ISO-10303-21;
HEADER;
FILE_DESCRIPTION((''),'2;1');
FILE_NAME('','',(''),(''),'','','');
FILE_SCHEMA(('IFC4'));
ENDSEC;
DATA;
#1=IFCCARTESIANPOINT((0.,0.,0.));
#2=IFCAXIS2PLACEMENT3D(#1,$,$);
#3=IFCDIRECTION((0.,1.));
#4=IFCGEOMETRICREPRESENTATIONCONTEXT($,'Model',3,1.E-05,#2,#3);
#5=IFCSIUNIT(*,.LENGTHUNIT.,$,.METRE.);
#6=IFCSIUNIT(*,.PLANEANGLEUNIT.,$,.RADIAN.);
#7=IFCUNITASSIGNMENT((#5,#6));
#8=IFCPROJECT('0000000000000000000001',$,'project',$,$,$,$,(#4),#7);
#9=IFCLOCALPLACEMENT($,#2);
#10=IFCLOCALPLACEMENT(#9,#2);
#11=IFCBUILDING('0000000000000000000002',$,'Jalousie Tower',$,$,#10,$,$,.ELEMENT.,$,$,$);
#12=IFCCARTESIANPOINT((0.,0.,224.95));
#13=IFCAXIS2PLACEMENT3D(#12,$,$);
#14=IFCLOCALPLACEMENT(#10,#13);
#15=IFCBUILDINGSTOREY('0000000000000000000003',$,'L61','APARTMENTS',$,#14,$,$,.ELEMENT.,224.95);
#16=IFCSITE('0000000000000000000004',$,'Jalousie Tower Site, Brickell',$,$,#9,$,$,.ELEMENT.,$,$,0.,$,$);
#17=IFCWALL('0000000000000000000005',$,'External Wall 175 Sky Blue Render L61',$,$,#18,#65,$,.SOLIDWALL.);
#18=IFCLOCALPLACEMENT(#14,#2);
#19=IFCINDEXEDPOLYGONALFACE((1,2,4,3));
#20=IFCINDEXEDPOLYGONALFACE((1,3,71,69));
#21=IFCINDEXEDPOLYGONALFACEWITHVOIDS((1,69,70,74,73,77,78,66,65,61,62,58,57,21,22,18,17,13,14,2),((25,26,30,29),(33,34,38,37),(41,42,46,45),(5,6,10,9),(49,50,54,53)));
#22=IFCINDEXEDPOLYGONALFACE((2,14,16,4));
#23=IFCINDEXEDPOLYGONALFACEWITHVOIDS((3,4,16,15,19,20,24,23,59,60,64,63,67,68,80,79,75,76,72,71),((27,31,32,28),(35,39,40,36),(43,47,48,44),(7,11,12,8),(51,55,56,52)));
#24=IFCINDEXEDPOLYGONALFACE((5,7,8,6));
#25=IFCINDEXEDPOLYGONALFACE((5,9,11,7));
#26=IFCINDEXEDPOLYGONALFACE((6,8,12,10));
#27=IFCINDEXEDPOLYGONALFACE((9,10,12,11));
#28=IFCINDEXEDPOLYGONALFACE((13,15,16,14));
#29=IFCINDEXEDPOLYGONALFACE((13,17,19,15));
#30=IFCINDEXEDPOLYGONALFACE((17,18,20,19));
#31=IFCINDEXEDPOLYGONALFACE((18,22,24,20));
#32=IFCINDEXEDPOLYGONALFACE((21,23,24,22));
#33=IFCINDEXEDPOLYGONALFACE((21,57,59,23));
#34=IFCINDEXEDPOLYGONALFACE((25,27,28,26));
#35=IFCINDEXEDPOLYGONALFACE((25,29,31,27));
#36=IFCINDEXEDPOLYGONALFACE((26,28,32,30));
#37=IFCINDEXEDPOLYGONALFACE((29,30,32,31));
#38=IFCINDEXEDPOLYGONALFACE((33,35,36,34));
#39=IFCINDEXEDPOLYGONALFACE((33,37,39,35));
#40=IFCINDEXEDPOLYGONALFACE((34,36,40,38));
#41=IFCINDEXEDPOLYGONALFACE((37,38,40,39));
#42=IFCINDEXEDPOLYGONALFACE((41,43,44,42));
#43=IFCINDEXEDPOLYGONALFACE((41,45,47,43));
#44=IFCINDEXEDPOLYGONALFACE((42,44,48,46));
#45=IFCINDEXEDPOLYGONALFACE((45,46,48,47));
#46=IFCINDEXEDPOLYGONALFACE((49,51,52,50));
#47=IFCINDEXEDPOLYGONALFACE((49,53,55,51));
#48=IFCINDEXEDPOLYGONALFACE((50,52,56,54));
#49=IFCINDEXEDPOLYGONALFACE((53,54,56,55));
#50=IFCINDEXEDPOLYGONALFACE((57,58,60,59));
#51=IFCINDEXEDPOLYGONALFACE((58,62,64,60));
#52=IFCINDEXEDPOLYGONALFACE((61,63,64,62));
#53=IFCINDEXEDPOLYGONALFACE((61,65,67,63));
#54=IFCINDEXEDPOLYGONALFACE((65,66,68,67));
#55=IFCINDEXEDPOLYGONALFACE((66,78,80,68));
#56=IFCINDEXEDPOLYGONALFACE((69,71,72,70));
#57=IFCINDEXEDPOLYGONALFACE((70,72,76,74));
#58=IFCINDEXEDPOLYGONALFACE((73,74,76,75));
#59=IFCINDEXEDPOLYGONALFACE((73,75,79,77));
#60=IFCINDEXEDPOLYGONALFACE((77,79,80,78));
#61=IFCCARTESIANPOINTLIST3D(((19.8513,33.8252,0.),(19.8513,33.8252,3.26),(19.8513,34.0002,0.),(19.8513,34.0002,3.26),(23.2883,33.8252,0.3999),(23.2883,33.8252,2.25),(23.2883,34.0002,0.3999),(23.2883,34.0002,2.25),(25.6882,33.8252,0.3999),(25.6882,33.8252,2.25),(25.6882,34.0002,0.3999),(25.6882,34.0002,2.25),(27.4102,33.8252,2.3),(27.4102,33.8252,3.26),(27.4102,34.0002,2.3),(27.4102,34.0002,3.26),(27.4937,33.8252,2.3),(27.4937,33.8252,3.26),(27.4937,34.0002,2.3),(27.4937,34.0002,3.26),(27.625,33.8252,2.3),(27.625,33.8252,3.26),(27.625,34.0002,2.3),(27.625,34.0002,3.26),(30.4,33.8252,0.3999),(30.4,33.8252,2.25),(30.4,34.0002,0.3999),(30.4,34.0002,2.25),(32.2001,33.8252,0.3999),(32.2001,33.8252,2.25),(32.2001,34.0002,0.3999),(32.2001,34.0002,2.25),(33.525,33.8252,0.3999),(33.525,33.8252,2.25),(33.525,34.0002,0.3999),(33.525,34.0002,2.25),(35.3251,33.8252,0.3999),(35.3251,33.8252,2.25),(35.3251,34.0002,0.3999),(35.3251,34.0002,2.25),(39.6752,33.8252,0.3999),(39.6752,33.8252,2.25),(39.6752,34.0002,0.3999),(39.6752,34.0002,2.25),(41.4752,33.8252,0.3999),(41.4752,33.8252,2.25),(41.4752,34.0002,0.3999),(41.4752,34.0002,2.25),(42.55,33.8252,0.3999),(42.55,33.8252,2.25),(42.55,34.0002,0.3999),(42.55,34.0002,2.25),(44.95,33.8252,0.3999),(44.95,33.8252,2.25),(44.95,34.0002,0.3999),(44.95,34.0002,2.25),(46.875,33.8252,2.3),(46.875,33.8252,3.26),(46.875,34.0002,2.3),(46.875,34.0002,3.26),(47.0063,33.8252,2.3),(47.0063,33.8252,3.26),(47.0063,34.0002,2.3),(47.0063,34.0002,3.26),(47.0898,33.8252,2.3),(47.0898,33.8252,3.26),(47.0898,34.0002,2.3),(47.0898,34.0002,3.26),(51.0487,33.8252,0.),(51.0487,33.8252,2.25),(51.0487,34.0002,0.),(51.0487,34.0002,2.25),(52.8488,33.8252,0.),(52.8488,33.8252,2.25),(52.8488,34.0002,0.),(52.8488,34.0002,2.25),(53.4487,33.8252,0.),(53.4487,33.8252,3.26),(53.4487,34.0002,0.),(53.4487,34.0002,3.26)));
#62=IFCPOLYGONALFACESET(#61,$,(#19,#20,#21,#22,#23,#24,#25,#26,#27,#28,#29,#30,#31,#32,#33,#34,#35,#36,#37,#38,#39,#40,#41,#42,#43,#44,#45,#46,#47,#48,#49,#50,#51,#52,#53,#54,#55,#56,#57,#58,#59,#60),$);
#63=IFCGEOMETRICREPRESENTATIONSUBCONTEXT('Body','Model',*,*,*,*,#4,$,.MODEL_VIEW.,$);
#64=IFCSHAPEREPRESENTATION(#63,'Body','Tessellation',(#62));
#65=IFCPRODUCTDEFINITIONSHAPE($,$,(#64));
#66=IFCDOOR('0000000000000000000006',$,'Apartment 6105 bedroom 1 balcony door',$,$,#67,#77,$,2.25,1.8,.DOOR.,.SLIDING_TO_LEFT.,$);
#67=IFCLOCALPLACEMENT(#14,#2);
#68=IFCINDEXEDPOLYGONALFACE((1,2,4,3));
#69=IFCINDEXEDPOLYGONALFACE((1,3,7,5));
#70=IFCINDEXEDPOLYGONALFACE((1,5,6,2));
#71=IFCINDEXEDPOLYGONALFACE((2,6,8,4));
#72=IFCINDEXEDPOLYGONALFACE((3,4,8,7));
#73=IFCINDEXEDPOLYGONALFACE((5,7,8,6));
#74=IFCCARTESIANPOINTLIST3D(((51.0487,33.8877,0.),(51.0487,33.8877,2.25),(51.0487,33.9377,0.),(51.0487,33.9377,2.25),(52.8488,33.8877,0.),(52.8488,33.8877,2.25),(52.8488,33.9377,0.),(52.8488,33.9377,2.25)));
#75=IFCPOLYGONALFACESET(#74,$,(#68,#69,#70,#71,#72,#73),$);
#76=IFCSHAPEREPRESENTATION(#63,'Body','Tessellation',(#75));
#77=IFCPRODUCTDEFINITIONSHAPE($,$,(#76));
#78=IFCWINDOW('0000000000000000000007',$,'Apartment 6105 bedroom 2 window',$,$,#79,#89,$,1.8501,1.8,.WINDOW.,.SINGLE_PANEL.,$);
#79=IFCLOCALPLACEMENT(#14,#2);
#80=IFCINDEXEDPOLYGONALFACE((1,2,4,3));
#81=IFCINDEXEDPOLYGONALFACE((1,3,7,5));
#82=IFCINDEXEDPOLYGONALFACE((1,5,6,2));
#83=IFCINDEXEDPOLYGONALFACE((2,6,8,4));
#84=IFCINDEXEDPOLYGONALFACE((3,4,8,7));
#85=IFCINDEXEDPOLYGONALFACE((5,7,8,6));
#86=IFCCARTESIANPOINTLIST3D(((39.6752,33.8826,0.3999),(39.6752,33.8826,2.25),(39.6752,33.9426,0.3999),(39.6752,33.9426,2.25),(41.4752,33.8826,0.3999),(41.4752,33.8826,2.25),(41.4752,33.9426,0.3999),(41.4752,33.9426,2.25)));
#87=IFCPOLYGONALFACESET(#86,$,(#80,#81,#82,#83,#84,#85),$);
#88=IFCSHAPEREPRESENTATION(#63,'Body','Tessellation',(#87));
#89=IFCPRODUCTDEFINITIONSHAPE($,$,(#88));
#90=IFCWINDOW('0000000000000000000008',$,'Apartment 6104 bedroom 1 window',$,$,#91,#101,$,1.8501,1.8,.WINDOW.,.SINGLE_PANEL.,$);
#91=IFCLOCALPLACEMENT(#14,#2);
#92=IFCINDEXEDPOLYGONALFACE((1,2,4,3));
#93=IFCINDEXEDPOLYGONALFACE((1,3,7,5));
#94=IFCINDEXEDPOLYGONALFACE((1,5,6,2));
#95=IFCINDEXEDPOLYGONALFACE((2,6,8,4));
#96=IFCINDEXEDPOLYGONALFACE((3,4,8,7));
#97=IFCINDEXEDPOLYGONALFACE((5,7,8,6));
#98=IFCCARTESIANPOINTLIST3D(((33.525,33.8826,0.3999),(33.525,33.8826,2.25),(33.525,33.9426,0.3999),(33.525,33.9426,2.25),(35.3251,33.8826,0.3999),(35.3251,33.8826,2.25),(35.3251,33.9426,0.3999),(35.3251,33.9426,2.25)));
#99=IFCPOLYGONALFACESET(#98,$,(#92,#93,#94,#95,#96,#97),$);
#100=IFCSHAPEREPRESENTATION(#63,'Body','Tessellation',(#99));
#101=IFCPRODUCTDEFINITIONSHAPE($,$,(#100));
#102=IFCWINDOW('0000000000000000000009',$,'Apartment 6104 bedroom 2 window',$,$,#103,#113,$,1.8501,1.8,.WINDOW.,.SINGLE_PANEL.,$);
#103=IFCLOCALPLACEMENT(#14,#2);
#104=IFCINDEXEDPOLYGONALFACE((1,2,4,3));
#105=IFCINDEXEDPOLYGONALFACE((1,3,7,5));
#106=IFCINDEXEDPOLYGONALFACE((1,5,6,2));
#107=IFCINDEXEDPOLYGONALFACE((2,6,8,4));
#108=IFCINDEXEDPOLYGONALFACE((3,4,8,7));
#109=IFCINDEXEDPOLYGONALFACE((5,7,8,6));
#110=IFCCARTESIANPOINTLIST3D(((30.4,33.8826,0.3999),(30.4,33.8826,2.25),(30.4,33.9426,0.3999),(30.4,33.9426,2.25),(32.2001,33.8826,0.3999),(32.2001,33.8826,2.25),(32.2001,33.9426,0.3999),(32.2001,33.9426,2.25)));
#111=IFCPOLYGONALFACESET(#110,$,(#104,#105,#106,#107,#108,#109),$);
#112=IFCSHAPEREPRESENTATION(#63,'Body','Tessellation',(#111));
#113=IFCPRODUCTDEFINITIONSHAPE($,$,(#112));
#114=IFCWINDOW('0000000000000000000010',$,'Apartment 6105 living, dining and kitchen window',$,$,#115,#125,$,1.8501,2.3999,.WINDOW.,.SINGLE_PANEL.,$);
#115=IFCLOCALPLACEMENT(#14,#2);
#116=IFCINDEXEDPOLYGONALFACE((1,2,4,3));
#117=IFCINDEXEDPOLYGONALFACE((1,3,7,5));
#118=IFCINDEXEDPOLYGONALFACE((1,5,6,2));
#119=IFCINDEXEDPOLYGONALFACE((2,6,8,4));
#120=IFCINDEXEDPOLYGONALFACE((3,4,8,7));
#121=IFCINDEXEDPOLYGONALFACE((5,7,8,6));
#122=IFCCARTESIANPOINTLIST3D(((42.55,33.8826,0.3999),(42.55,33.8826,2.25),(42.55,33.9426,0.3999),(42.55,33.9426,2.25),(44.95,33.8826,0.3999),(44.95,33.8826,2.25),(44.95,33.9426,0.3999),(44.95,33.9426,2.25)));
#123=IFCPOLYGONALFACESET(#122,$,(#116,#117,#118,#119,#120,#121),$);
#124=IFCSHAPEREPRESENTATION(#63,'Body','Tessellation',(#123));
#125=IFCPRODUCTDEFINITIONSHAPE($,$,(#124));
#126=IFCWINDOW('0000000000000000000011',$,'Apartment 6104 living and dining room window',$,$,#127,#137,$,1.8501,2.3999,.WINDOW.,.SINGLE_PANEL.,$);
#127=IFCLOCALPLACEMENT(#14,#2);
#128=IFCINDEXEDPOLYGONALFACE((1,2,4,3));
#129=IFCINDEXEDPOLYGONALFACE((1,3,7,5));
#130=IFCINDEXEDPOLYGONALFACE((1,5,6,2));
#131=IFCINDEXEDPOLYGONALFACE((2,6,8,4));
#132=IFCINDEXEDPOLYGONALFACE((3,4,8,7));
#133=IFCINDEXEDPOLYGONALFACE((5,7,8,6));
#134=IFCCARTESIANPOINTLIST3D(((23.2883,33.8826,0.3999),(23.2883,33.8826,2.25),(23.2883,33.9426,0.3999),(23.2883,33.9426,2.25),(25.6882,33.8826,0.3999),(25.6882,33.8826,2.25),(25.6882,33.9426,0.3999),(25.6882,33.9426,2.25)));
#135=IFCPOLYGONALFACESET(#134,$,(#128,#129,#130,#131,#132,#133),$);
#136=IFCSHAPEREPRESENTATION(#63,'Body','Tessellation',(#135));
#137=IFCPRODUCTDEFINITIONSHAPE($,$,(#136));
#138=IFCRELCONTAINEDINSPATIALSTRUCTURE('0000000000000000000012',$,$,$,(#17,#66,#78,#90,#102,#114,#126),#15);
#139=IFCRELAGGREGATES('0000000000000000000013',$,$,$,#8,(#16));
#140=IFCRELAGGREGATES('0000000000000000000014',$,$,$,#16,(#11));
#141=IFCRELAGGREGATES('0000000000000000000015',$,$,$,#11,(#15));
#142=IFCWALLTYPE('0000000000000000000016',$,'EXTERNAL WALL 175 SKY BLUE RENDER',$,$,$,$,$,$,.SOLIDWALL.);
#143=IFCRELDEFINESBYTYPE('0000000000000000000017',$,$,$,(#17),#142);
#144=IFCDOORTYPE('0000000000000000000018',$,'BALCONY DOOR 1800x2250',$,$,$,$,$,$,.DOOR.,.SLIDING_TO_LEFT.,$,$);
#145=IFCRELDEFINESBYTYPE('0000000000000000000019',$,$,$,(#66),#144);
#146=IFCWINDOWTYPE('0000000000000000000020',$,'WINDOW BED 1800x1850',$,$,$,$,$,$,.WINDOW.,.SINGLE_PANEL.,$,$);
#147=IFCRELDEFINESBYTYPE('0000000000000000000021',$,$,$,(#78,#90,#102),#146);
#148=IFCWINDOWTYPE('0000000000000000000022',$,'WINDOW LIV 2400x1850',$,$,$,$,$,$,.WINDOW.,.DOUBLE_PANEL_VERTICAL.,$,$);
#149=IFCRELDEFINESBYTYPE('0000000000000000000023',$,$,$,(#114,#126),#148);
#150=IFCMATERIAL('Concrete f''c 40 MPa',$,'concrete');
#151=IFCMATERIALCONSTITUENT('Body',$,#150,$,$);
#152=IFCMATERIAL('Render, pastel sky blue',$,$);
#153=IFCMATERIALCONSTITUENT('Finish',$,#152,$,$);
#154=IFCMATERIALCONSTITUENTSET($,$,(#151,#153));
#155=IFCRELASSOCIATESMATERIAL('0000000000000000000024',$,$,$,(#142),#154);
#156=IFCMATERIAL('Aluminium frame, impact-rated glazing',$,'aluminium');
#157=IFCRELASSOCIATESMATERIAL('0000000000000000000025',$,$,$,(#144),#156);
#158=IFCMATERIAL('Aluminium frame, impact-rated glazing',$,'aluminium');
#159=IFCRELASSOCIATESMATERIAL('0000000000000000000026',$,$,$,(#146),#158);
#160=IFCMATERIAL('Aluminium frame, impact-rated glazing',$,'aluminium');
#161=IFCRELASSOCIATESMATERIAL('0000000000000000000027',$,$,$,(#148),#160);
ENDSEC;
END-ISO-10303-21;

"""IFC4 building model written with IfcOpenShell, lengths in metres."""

from ifc_helpers import new_model, si_unit, direction, frame, frame_2d, origin, place, context, subcontext, project, spatial, polyline, rectangle, outline, extrude, material, constituent, constituent_set, type_object, element, fill, save


model = new_model("IFC4")

# Units and contexts
model_context = context("Model", 3, precision=1e-05, world=origin(), true_north=direction((0.0, 1.0)))
body_context = subcontext(model_context, "Body", "Model", "MODEL_VIEW")
ifc_project = project(units=[si_unit("LENGTHUNIT", "METRE"), si_unit("PLANEANGLEUNIT", "RADIAN")], contexts=[model_context])

# Site, building, storey
site_placement = place(None, origin())
site = spatial("IfcSite", under=ifc_project, at=site_placement, Name="Jalousie Tower Site, Brickell", CompositionType="ELEMENT", RefElevation=0.0)
building_placement = place(site_placement, origin())
building = spatial("IfcBuilding", under=site, at=building_placement, Name="Jalousie Tower", CompositionType="ELEMENT")
storey_placement = place(building_placement, frame((0.0, 0.0, 224.95)))
storey = spatial("IfcBuildingStorey", under=building, at=storey_placement, Name="L61", Description="APARTMENTS", CompositionType="ELEMENT", Elevation=224.95)

# Wall, openings, door, windows
ifc_material_1 = material(Name="Concrete f'c 40 MPa", Category="concrete")
ifc_constituent_1 = constituent(ifc_material_1, Name="Body")
ifc_material_2 = material(Name="Render, pastel sky blue")
ifc_constituent_2 = constituent(ifc_material_2, Name="Finish")
ifc_constituent_set_1 = constituent_set(constituents=[ifc_constituent_1, ifc_constituent_2])
wall_type_1 = type_object("IfcWallType", Name="EXTERNAL WALL 175 SKY BLUE RENDER", PredefinedType="SOLIDWALL", material=ifc_constituent_set_1)
wall_1_placement = place(storey_placement, frame((53.4487, 33.9126, 0.0), z_axis=(0.0, 0.0, 1.0), x_axis=(-1.0, 0.0, 0.0)))
wall_1 = element("IfcWall", 1, at=wall_1_placement, inside=storey, type_object=wall_type_1, Name="External Wall 175 Sky Blue Render L61", PredefinedType="SOLIDWALL", context=body_context, shape_type="SweptSolid", body=[
    extrude(outline(polyline([(0.0, 0.0), (33.5974, 0.0), (33.5974, 3.26), (26.0386, 3.26), (26.0386, 2.3), (25.9551, 2.3), (25.9551, 3.26), (25.8237, 3.26), (25.8237, 2.3), (6.5737, 2.3), (6.5737, 3.26), (6.4424, 3.26), (6.4424, 2.3), (6.3589, 2.3), (6.3589, 3.26), (0.0, 3.26), (0.0, 0.0)])), frame((0.0, 0.0874, 0.0), z_axis=(0.0, -1.0, 0.0), x_axis=(1.0, 0.0, 0.0)), (0.0, 0.0, 1.0), 0.175),
])
opening_1_placement = place(wall_1_placement, frame((0.6001, 0.0, 0.0)))
opening_1 = element("IfcOpeningElement", 2, at=opening_1_placement, cuts=wall_1, PredefinedType="OPENING", context=body_context, shape_type="SweptSolid", body=[
    extrude(rectangle(XDim=1.8, YDim=2.25, at=frame_2d((0.8999, 1.125))), frame((0.0, 0.0974, 0.0), z_axis=(0.0, -1.0, 0.0), x_axis=(1.0, 0.0, 0.0)), (0.0, 0.0, 1.0), 0.1951),
])
opening_2_placement = place(wall_1_placement, frame((8.4988, 0.0, 0.3999)))
opening_2 = element("IfcOpeningElement", 3, at=opening_2_placement, cuts=wall_1, PredefinedType="OPENING", context=body_context, shape_type="SweptSolid", body=[
    extrude(rectangle(XDim=2.3999, YDim=1.8501, at=frame_2d((1.2, 0.925))), frame((0.0, 0.0974, 0.0), z_axis=(0.0, -1.0, 0.0), x_axis=(1.0, 0.0, 0.0)), (0.0, 0.0, 1.0), 0.1951),
])
opening_3_placement = place(wall_1_placement, frame((11.9736, 0.0, 0.3999)))
opening_3 = element("IfcOpeningElement", 4, at=opening_3_placement, cuts=wall_1, PredefinedType="OPENING", context=body_context, shape_type="SweptSolid", body=[
    extrude(rectangle(XDim=1.8, YDim=1.8501, at=frame_2d((0.8999, 0.925))), frame((0.0, 0.0974, 0.0), z_axis=(0.0, -1.0, 0.0), x_axis=(1.0, 0.0, 0.0)), (0.0, 0.0, 1.0), 0.1951),
])
opening_4_placement = place(wall_1_placement, frame((18.1238, 0.0, 0.3999)))
opening_4 = element("IfcOpeningElement", 5, at=opening_4_placement, cuts=wall_1, PredefinedType="OPENING", context=body_context, shape_type="SweptSolid", body=[
    extrude(rectangle(XDim=1.8, YDim=1.8501, at=frame_2d((0.8999, 0.925))), frame((0.0, 0.0974, 0.0), z_axis=(0.0, -1.0, 0.0), x_axis=(1.0, 0.0, 0.0)), (0.0, 0.0, 1.0), 0.1951),
])
opening_5_placement = place(wall_1_placement, frame((21.2488, 0.0, 0.3999)))
opening_5 = element("IfcOpeningElement", 6, at=opening_5_placement, cuts=wall_1, PredefinedType="OPENING", context=body_context, shape_type="SweptSolid", body=[
    extrude(rectangle(XDim=1.8, YDim=1.8501, at=frame_2d((0.8999, 0.925))), frame((0.0, 0.0974, 0.0), z_axis=(0.0, -1.0, 0.0), x_axis=(1.0, 0.0, 0.0)), (0.0, 0.0, 1.0), 0.1951),
])
opening_6_placement = place(wall_1_placement, frame((27.7605, 0.0, 0.3999)))
opening_6 = element("IfcOpeningElement", 7, at=opening_6_placement, cuts=wall_1, PredefinedType="OPENING", context=body_context, shape_type="SweptSolid", body=[
    extrude(rectangle(XDim=2.3999, YDim=1.8501, at=frame_2d((1.2, 0.925))), frame((0.0, 0.0974, 0.0), z_axis=(0.0, -1.0, 0.0), x_axis=(1.0, 0.0, 0.0)), (0.0, 0.0, 1.0), 0.1951),
])
ifc_material_3 = material(Name="Aluminium frame, impact-rated glazing", Category="aluminium")
door_type_1 = type_object("IfcDoorType", Name="BALCONY DOOR 1800x2250", OperationType="SLIDING_TO_LEFT", PredefinedType="DOOR", material=ifc_material_3)
door_1_placement = place(opening_1_placement, origin())
door_1 = element("IfcDoor", 8, at=door_1_placement, inside=storey, type_object=door_type_1, Name="Apartment 6105 bedroom 1 balcony door", OperationType="SLIDING_TO_LEFT", OverallHeight=2.25, OverallWidth=1.8, PredefinedType="DOOR", context=body_context, shape_type="SweptSolid", body=[
    extrude(rectangle(XDim=1.8, YDim=2.25, at=frame_2d((0.8999, 1.125))), frame((0.0, 0.0249, 0.0), z_axis=(0.0, -1.0, 0.0), x_axis=(1.0, 0.0, 0.0)), (0.0, 0.0, 1.0), 0.05),
])
fill(opening_1, door_1)
ifc_material_4 = material(Name="Aluminium frame, impact-rated glazing", Category="aluminium")
window_type_1 = type_object("IfcWindowType", Name="WINDOW BED 1800x1850", PartitioningType="SINGLE_PANEL", PredefinedType="WINDOW", material=ifc_material_4)
window_1_placement = place(opening_3_placement, origin())
window_1 = element("IfcWindow", 9, at=window_1_placement, inside=storey, type_object=window_type_1, Name="Apartment 6105 bedroom 2 window", OverallHeight=1.8501, OverallWidth=1.8, PartitioningType="SINGLE_PANEL", PredefinedType="WINDOW", context=body_context, shape_type="SweptSolid", body=[
    extrude(rectangle(XDim=1.8, YDim=1.8501, at=frame_2d((0.8999, 0.925))), frame((0.0, 0.03, 0.0), z_axis=(0.0, -1.0, 0.0), x_axis=(1.0, 0.0, 0.0)), (0.0, 0.0, 1.0), 0.0601),
])
fill(opening_3, window_1)
window_2_placement = place(opening_4_placement, origin())
window_2 = element("IfcWindow", 10, at=window_2_placement, inside=storey, type_object=window_type_1, Name="Apartment 6104 bedroom 1 window", OverallHeight=1.8501, OverallWidth=1.8, PartitioningType="SINGLE_PANEL", PredefinedType="WINDOW", context=body_context, shape_type="SweptSolid", body=[
    extrude(rectangle(XDim=1.8, YDim=1.8501, at=frame_2d((0.8999, 0.925))), frame((0.0, 0.03, 0.0), z_axis=(0.0, -1.0, 0.0), x_axis=(1.0, 0.0, 0.0)), (0.0, 0.0, 1.0), 0.0601),
])
fill(opening_4, window_2)
window_3_placement = place(opening_5_placement, origin())
window_3 = element("IfcWindow", 11, at=window_3_placement, inside=storey, type_object=window_type_1, Name="Apartment 6104 bedroom 2 window", OverallHeight=1.8501, OverallWidth=1.8, PartitioningType="SINGLE_PANEL", PredefinedType="WINDOW", context=body_context, shape_type="SweptSolid", body=[
    extrude(rectangle(XDim=1.8, YDim=1.8501, at=frame_2d((0.8999, 0.925))), frame((0.0, 0.03, 0.0), z_axis=(0.0, -1.0, 0.0), x_axis=(1.0, 0.0, 0.0)), (0.0, 0.0, 1.0), 0.0601),
])
fill(opening_5, window_3)
ifc_material_5 = material(Name="Aluminium frame, impact-rated glazing", Category="aluminium")
window_type_2 = type_object("IfcWindowType", Name="WINDOW LIV 2400x1850", PartitioningType="DOUBLE_PANEL_VERTICAL", PredefinedType="WINDOW", material=ifc_material_5)
window_4_placement = place(opening_2_placement, origin())
window_4 = element("IfcWindow", 12, at=window_4_placement, inside=storey, type_object=window_type_2, Name="Apartment 6105 living, dining and kitchen window", OverallHeight=1.8501, OverallWidth=2.3999, PartitioningType="SINGLE_PANEL", PredefinedType="WINDOW", context=body_context, shape_type="SweptSolid", body=[
    extrude(rectangle(XDim=2.3999, YDim=1.8501, at=frame_2d((1.2, 0.925))), frame((0.0, 0.03, 0.0), z_axis=(0.0, -1.0, 0.0), x_axis=(1.0, 0.0, 0.0)), (0.0, 0.0, 1.0), 0.0601),
])
fill(opening_2, window_4)
window_5_placement = place(opening_6_placement, origin())
window_5 = element("IfcWindow", 13, at=window_5_placement, inside=storey, type_object=window_type_2, Name="Apartment 6104 living and dining room window", OverallHeight=1.8501, OverallWidth=2.3999, PartitioningType="SINGLE_PANEL", PredefinedType="WINDOW", context=body_context, shape_type="SweptSolid", body=[
    extrude(rectangle(XDim=2.3999, YDim=1.8501, at=frame_2d((1.2, 0.925))), frame((0.0, 0.03, 0.0), z_axis=(0.0, -1.0, 0.0), x_axis=(1.0, 0.0, 0.0)), (0.0, 0.0, 1.0), 0.0601),
])
fill(opening_6, window_5)

save(model, "model.ifc")
